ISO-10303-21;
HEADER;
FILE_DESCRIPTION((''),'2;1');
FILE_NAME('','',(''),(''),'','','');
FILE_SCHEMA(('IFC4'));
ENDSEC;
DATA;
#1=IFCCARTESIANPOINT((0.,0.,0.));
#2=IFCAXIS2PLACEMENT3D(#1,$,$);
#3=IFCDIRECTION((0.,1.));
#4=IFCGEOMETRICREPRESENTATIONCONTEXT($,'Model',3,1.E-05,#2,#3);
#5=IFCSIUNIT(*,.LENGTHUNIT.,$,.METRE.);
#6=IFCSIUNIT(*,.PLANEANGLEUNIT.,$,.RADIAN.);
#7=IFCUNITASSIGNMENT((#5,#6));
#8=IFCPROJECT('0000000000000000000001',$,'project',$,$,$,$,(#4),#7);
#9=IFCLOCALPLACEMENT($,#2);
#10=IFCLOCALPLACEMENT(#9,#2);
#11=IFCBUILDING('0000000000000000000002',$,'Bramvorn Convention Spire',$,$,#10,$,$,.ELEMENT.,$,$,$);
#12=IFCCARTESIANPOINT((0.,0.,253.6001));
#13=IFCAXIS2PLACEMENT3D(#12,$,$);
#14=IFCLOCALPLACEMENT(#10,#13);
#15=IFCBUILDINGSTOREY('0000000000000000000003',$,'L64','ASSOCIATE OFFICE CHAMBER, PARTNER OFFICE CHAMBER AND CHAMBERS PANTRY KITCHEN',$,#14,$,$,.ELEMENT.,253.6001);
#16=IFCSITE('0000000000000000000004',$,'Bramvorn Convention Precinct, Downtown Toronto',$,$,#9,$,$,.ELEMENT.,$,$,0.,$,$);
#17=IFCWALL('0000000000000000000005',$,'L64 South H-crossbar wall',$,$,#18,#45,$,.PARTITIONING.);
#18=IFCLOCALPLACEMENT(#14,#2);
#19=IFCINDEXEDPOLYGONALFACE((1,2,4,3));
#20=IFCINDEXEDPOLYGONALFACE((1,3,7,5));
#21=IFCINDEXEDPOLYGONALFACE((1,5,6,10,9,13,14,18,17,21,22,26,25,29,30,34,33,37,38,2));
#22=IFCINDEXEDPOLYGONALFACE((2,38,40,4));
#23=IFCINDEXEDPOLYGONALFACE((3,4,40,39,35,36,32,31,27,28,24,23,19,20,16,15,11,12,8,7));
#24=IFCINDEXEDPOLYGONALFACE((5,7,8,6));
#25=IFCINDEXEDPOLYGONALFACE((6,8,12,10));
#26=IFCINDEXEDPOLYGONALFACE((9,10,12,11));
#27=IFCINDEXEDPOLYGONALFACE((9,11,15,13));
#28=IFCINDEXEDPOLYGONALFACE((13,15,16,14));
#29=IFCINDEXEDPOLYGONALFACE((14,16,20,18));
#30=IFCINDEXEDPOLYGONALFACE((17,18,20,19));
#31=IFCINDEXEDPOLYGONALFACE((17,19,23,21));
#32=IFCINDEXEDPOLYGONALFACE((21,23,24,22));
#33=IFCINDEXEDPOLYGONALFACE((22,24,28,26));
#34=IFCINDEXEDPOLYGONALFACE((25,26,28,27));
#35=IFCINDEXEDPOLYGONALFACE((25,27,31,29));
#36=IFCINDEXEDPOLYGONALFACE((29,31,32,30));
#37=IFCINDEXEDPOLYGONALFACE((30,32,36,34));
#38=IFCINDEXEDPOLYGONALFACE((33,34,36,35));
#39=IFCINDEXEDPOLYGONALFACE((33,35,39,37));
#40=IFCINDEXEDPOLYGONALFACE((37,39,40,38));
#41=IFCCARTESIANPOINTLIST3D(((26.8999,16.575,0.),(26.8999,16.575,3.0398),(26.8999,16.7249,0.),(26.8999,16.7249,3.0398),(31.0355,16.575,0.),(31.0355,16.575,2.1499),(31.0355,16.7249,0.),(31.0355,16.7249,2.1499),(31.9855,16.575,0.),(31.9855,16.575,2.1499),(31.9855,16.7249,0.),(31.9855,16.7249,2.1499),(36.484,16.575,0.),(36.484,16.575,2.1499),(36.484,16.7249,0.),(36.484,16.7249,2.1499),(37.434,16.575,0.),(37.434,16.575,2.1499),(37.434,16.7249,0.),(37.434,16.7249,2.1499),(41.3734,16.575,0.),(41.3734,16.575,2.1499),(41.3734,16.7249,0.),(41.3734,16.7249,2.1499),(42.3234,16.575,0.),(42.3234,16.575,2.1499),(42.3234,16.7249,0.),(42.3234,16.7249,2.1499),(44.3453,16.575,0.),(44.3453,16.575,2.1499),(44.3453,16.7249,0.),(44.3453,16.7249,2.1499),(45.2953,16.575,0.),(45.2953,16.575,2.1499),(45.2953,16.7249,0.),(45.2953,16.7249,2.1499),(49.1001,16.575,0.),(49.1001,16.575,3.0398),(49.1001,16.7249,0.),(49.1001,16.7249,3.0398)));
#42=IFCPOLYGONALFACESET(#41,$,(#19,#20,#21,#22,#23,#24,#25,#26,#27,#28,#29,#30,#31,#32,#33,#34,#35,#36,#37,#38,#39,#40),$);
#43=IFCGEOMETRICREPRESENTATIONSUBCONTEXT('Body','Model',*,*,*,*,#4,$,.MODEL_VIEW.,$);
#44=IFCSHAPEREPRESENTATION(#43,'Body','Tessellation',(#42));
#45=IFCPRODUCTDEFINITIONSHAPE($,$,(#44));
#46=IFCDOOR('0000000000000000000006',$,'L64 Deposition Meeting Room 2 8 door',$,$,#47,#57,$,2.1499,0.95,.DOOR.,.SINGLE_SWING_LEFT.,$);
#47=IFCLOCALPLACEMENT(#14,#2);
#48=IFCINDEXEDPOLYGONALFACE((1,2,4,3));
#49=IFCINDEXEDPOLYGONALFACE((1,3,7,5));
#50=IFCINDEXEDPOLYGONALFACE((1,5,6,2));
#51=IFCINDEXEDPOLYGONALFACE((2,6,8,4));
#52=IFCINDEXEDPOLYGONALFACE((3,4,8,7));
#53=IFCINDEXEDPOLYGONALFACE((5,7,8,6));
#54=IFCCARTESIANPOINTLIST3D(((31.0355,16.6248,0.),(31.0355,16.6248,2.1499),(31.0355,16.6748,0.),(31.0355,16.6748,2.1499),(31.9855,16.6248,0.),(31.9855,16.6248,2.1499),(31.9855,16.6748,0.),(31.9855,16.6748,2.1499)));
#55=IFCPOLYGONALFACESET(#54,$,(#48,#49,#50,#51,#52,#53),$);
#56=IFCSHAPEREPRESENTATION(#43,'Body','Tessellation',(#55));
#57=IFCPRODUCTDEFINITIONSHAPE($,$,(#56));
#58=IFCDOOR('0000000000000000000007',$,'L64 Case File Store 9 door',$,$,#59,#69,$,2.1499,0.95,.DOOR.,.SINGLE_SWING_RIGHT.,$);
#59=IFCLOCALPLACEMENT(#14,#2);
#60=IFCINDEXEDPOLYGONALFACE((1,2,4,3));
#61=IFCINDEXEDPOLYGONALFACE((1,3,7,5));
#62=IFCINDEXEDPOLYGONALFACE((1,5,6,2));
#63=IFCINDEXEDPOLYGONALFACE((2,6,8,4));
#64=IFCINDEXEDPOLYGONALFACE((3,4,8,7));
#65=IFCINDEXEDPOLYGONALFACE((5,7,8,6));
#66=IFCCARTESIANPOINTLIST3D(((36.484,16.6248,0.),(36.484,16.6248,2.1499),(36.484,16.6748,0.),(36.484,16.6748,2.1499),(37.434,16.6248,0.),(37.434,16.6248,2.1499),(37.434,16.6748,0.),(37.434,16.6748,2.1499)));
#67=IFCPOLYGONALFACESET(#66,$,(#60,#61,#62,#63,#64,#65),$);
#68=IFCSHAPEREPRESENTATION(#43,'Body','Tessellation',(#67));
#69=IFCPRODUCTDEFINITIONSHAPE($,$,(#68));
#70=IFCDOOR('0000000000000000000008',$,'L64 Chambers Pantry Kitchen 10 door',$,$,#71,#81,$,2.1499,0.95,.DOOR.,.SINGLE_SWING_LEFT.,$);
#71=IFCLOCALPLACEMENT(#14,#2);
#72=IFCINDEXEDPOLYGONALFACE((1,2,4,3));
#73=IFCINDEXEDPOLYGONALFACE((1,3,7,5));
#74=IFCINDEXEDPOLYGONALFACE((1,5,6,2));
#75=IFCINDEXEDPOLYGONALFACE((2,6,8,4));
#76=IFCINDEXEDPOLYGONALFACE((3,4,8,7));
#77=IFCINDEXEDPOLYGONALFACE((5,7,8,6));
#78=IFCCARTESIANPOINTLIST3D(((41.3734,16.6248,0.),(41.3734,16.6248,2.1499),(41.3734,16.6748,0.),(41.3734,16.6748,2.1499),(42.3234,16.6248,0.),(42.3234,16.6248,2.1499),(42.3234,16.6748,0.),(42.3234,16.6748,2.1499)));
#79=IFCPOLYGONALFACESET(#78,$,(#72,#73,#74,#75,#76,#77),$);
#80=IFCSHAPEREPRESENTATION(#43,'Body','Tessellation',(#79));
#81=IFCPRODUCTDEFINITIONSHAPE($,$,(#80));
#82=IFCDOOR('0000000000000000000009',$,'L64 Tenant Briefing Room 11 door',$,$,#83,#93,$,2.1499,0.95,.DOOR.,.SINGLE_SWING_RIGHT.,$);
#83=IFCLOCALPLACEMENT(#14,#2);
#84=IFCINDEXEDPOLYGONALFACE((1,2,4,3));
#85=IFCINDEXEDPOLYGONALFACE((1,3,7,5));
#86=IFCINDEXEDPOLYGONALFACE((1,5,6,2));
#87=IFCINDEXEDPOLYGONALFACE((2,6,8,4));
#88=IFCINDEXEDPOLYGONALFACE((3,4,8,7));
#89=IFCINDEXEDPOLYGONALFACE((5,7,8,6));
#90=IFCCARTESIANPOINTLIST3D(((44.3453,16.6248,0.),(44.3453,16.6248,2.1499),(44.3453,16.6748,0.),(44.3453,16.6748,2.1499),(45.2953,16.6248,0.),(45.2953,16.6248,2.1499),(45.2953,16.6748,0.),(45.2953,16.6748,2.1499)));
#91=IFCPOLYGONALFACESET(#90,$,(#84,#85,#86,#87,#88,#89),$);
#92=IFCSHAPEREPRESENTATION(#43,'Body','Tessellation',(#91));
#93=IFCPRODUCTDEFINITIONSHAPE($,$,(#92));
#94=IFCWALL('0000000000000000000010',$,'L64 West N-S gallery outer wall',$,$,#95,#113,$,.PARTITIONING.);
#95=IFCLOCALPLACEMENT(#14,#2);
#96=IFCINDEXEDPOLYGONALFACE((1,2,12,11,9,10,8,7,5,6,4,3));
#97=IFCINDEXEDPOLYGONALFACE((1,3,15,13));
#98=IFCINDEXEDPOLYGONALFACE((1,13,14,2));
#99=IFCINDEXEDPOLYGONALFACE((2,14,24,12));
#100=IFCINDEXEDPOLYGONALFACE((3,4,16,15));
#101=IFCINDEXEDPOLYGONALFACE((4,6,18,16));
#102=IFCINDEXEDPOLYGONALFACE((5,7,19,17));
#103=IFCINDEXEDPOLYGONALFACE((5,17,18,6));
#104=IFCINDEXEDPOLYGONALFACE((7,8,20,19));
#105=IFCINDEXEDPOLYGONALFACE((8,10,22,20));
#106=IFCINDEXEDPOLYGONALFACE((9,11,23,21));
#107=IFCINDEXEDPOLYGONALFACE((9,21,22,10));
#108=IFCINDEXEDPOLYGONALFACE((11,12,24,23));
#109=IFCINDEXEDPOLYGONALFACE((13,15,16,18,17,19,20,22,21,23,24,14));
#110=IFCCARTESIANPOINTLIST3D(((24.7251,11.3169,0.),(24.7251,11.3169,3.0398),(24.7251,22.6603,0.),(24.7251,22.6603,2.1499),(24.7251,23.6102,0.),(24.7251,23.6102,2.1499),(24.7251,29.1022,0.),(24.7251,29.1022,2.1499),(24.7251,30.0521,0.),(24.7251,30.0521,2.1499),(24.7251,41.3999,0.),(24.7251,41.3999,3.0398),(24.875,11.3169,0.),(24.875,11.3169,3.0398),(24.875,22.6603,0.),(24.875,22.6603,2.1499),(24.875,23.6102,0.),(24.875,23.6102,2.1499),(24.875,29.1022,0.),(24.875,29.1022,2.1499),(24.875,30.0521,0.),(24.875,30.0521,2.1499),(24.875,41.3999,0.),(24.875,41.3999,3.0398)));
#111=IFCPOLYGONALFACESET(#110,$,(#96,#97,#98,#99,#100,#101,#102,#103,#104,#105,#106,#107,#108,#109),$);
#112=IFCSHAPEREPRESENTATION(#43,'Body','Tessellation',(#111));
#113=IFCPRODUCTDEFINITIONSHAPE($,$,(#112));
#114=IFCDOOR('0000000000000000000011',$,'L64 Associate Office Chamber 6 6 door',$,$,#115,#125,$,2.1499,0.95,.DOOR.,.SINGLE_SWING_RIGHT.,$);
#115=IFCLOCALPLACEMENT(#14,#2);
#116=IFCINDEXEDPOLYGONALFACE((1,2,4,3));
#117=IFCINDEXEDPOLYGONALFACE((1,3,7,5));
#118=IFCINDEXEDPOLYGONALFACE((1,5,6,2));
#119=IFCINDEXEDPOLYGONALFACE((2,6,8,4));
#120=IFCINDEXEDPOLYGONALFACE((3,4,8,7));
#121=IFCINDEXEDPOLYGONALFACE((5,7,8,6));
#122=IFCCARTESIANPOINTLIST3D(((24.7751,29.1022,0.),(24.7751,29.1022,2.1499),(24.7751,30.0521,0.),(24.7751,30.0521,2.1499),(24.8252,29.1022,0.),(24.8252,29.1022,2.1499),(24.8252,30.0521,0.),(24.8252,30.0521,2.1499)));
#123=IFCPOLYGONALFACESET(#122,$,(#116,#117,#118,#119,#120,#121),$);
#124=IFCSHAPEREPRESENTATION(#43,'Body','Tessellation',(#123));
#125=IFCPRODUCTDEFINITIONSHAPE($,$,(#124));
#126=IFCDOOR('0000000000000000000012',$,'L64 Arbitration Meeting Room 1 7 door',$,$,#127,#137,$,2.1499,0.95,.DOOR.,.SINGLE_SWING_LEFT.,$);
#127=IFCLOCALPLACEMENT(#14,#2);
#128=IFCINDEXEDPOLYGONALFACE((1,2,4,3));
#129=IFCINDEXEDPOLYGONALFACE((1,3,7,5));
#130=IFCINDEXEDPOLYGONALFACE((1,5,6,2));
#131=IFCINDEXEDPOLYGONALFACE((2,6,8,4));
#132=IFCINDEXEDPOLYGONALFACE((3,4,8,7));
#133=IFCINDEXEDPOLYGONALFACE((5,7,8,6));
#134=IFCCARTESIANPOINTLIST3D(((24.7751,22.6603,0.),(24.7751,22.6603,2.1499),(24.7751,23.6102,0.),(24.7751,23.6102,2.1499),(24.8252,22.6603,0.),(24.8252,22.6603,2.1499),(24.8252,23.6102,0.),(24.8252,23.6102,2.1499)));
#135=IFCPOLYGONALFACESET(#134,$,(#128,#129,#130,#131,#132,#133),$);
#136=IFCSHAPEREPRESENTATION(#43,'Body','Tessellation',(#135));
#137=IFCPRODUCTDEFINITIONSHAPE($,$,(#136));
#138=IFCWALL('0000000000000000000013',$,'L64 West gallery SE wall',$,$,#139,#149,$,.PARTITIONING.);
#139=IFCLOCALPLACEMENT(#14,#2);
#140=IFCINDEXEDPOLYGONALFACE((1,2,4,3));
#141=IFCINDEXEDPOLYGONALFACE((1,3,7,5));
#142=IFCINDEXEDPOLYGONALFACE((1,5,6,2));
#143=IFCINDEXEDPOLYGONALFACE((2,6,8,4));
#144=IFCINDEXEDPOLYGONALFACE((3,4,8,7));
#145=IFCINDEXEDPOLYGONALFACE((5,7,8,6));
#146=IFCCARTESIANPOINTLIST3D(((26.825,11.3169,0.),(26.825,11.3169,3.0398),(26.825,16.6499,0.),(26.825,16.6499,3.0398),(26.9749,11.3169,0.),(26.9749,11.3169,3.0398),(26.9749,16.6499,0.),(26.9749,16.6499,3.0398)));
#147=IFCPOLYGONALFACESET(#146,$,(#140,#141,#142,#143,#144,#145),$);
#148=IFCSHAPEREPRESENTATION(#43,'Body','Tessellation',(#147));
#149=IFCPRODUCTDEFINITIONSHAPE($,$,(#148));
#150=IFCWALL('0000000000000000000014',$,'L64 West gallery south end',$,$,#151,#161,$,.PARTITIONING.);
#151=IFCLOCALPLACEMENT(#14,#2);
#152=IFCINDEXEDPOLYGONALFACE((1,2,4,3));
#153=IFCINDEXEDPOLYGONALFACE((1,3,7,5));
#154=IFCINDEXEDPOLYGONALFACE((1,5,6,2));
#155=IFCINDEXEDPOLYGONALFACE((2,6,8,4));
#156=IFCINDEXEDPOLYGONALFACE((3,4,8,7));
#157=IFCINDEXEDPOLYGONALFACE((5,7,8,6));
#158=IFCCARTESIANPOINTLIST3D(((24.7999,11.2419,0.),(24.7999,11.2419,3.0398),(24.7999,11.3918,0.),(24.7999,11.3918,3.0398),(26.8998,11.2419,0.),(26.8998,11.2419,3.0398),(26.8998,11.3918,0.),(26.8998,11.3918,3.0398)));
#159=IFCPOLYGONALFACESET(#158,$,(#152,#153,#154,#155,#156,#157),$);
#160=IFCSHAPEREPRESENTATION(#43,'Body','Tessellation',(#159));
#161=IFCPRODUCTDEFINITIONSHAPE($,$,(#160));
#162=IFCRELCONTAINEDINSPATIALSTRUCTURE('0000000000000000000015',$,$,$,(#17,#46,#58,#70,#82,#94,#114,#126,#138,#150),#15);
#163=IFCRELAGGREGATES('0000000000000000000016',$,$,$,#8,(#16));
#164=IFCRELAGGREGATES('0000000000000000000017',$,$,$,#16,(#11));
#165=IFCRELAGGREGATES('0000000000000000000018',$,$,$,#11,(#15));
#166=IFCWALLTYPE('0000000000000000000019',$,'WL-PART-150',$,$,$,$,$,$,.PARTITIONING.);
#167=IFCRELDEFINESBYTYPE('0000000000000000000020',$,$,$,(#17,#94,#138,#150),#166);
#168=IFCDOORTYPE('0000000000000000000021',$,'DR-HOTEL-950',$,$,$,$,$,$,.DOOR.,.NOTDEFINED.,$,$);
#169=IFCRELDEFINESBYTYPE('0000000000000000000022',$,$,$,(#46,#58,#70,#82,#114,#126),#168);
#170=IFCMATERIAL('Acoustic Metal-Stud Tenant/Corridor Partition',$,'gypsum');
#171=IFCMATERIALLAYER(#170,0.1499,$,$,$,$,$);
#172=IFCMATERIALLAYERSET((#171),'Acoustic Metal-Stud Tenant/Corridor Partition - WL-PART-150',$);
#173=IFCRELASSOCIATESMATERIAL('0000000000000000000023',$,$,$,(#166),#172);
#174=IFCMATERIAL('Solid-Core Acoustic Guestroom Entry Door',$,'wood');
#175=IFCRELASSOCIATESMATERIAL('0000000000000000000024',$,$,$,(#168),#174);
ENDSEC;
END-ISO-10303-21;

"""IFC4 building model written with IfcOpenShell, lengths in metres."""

from ifc_helpers import new_model, si_unit, direction, frame, frame_2d, origin, place, context, subcontext, project, spatial, rectangle, extrude, material, layer, layer_set, type_object, element, fill, save


model = new_model("IFC4")

# Units and contexts
model_context = context("Model", 3, precision=1e-05, world=origin(), true_north=direction((0.0, 1.0)))
body_context = subcontext(model_context, "Body", "Model", "MODEL_VIEW")
ifc_project = project(units=[si_unit("LENGTHUNIT", "METRE"), si_unit("PLANEANGLEUNIT", "RADIAN")], contexts=[model_context])

# Site, building, storey
site_placement = place(None, origin())
site = spatial("IfcSite", under=ifc_project, at=site_placement, Name="Bramvorn Convention Precinct, Downtown Toronto", CompositionType="ELEMENT", RefElevation=0.0)
building_placement = place(site_placement, origin())
building = spatial("IfcBuilding", under=site, at=building_placement, Name="Bramvorn Convention Spire", CompositionType="ELEMENT")
storey_placement = place(building_placement, frame((0.0, 0.0, 253.6001)))
storey = spatial("IfcBuildingStorey", under=building, at=storey_placement, Name="L64", Description="ASSOCIATE OFFICE CHAMBER, PARTNER OFFICE CHAMBER AND CHAMBERS PANTRY KITCHEN", CompositionType="ELEMENT", Elevation=253.6001)

# Walls, openings, doors
ifc_material_1 = material(Name="Acoustic Metal-Stud Tenant/Corridor Partition", Category="gypsum")
ifc_layer_1 = layer(ifc_material_1, 0.1499)
ifc_layer_set_1 = layer_set([ifc_layer_1], Name="Acoustic Metal-Stud Tenant/Corridor Partition - WL-PART-150")
wall_type_1 = type_object("IfcWallType", Name="WL-PART-150", PredefinedType="PARTITIONING", material=ifc_layer_set_1)
wall_1_placement = place(storey_placement, frame((26.8999, 16.6499, 0.0), z_axis=(0.0, 0.0, 1.0), x_axis=(1.0, 0.0, 0.0)))
wall_1 = element("IfcWall", 1, at=wall_1_placement, inside=storey, type_object=wall_type_1, Name="L64 South H-crossbar wall", PredefinedType="PARTITIONING", context=body_context, shape_type="SweptSolid", body=[
    extrude(rectangle(XDim=22.2002, YDim=0.1499, at=frame_2d((11.1001, 0.0))), origin(), (0.0, 0.0, 1.0), 3.0398),
])
opening_1_placement = place(wall_1_placement, frame((4.1355, 0.0, 0.0)))
opening_1 = element("IfcOpeningElement", 2, at=opening_1_placement, cuts=wall_1, PredefinedType="OPENING", context=body_context, shape_type="SweptSolid", body=[
    extrude(rectangle(XDim=0.95, YDim=2.1499, at=frame_2d((0.4751, 1.075))), frame((0.0, 0.085, 0.0), z_axis=(0.0, -1.0, 0.0), x_axis=(1.0, 0.0, 0.0)), (0.0, 0.0, 1.0), 0.1699),
])
opening_2_placement = place(wall_1_placement, frame((9.584, 0.0, 0.0)))
opening_2 = element("IfcOpeningElement", 3, at=opening_2_placement, cuts=wall_1, PredefinedType="OPENING", context=body_context, shape_type="SweptSolid", body=[
    extrude(rectangle(XDim=0.95, YDim=2.1499, at=frame_2d((0.4751, 1.075))), frame((0.0, 0.085, 0.0), z_axis=(0.0, -1.0, 0.0), x_axis=(1.0, 0.0, 0.0)), (0.0, 0.0, 1.0), 0.1699),
])
opening_3_placement = place(wall_1_placement, frame((14.4734, 0.0, 0.0)))
opening_3 = element("IfcOpeningElement", 4, at=opening_3_placement, cuts=wall_1, PredefinedType="OPENING", context=body_context, shape_type="SweptSolid", body=[
    extrude(rectangle(XDim=0.95, YDim=2.1499, at=frame_2d((0.4751, 1.075))), frame((0.0, 0.085, 0.0), z_axis=(0.0, -1.0, 0.0), x_axis=(1.0, 0.0, 0.0)), (0.0, 0.0, 1.0), 0.1699),
])
opening_4_placement = place(wall_1_placement, frame((17.4453, 0.0, 0.0)))
opening_4 = element("IfcOpeningElement", 5, at=opening_4_placement, cuts=wall_1, PredefinedType="OPENING", context=body_context, shape_type="SweptSolid", body=[
    extrude(rectangle(XDim=0.95, YDim=2.1499, at=frame_2d((0.4751, 1.075))), frame((0.0, 0.085, 0.0), z_axis=(0.0, -1.0, 0.0), x_axis=(1.0, 0.0, 0.0)), (0.0, 0.0, 1.0), 0.1699),
])
ifc_material_2 = material(Name="Solid-Core Acoustic Guestroom Entry Door", Category="wood")
door_type_1 = type_object("IfcDoorType", Name="DR-HOTEL-950", OperationType="NOTDEFINED", PredefinedType="DOOR", material=ifc_material_2)
door_1_placement = place(opening_1_placement, origin())
door_1 = element("IfcDoor", 6, at=door_1_placement, inside=storey, type_object=door_type_1, Name="L64 Deposition Meeting Room 2 8 door", OperationType="SINGLE_SWING_LEFT", OverallHeight=2.1499, OverallWidth=0.95, PredefinedType="DOOR", context=body_context, shape_type="SweptSolid", body=[
    extrude(rectangle(XDim=0.95, YDim=2.1499, at=frame_2d((0.4751, 1.075))), frame((0.0, 0.0249, 0.0), z_axis=(0.0, -1.0, 0.0), x_axis=(1.0, 0.0, 0.0)), (0.0, 0.0, 1.0), 0.05),
])
fill(opening_1, door_1)
door_2_placement = place(opening_2_placement, origin())
door_2 = element("IfcDoor", 7, at=door_2_placement, inside=storey, type_object=door_type_1, Name="L64 Case File Store 9 door", OperationType="SINGLE_SWING_RIGHT", OverallHeight=2.1499, OverallWidth=0.95, PredefinedType="DOOR", context=body_context, shape_type="SweptSolid", body=[
    extrude(rectangle(XDim=0.95, YDim=2.1499, at=frame_2d((0.4751, 1.075))), frame((0.0, 0.0249, 0.0), z_axis=(0.0, -1.0, 0.0), x_axis=(1.0, 0.0, 0.0)), (0.0, 0.0, 1.0), 0.05),
])
fill(opening_2, door_2)
door_3_placement = place(opening_3_placement, origin())
door_3 = element("IfcDoor", 8, at=door_3_placement, inside=storey, type_object=door_type_1, Name="L64 Chambers Pantry Kitchen 10 door", OperationType="SINGLE_SWING_LEFT", OverallHeight=2.1499, OverallWidth=0.95, PredefinedType="DOOR", context=body_context, shape_type="SweptSolid", body=[
    extrude(rectangle(XDim=0.95, YDim=2.1499, at=frame_2d((0.4751, 1.075))), frame((0.0, 0.0249, 0.0), z_axis=(0.0, -1.0, 0.0), x_axis=(1.0, 0.0, 0.0)), (0.0, 0.0, 1.0), 0.05),
])
fill(opening_3, door_3)
door_4_placement = place(opening_4_placement, origin())
door_4 = element("IfcDoor", 9, at=door_4_placement, inside=storey, type_object=door_type_1, Name="L64 Tenant Briefing Room 11 door", OperationType="SINGLE_SWING_RIGHT", OverallHeight=2.1499, OverallWidth=0.95, PredefinedType="DOOR", context=body_context, shape_type="SweptSolid", body=[
    extrude(rectangle(XDim=0.95, YDim=2.1499, at=frame_2d((0.4751, 1.075))), frame((0.0, 0.0249, 0.0), z_axis=(0.0, -1.0, 0.0), x_axis=(1.0, 0.0, 0.0)), (0.0, 0.0, 1.0), 0.05),
])
fill(opening_4, door_4)
wall_2_placement = place(storey_placement, frame((24.8, 11.3169, 0.0), z_axis=(0.0, 0.0, 1.0), x_axis=(0.0, 1.0, 0.0)))
wall_2 = element("IfcWall", 10, at=wall_2_placement, inside=storey, type_object=wall_type_1, Name="L64 West N-S gallery outer wall", PredefinedType="PARTITIONING", context=body_context, shape_type="SweptSolid", body=[
    extrude(rectangle(XDim=30.083, YDim=0.1499, at=frame_2d((15.0415, 0.0))), origin(), (0.0, 0.0, 1.0), 3.0398),
])
opening_5_placement = place(wall_2_placement, frame((17.7852, 0.0, 0.0)))
opening_5 = element("IfcOpeningElement", 11, at=opening_5_placement, cuts=wall_2, PredefinedType="OPENING", context=body_context, shape_type="SweptSolid", body=[
    extrude(rectangle(XDim=0.95, YDim=2.1499, at=frame_2d((0.4751, 1.075))), frame((0.0, 0.085, 0.0), z_axis=(0.0, -1.0, 0.0), x_axis=(1.0, 0.0, 0.0)), (0.0, 0.0, 1.0), 0.1699),
])
opening_6_placement = place(wall_2_placement, frame((11.3433, 0.0, 0.0)))
opening_6 = element("IfcOpeningElement", 12, at=opening_6_placement, cuts=wall_2, PredefinedType="OPENING", context=body_context, shape_type="SweptSolid", body=[
    extrude(rectangle(XDim=0.95, YDim=2.1499, at=frame_2d((0.4751, 1.075))), frame((0.0, 0.085, 0.0), z_axis=(0.0, -1.0, 0.0), x_axis=(1.0, 0.0, 0.0)), (0.0, 0.0, 1.0), 0.1699),
])
door_5_placement = place(opening_5_placement, origin())
door_5 = element("IfcDoor", 13, at=door_5_placement, inside=storey, type_object=door_type_1, Name="L64 Associate Office Chamber 6 6 door", OperationType="SINGLE_SWING_RIGHT", OverallHeight=2.1499, OverallWidth=0.95, PredefinedType="DOOR", context=body_context, shape_type="SweptSolid", body=[
    extrude(rectangle(XDim=0.95, YDim=2.1499, at=frame_2d((0.4751, 1.075))), frame((0.0, 0.0249, 0.0), z_axis=(0.0, -1.0, 0.0), x_axis=(1.0, 0.0, 0.0)), (0.0, 0.0, 1.0), 0.05),
])
fill(opening_5, door_5)
door_6_placement = place(opening_6_placement, origin())
door_6 = element("IfcDoor", 14, at=door_6_placement, inside=storey, type_object=door_type_1, Name="L64 Arbitration Meeting Room 1 7 door", OperationType="SINGLE_SWING_LEFT", OverallHeight=2.1499, OverallWidth=0.95, PredefinedType="DOOR", context=body_context, shape_type="SweptSolid", body=[
    extrude(rectangle(XDim=0.95, YDim=2.1499, at=frame_2d((0.4751, 1.075))), frame((0.0, 0.0249, 0.0), z_axis=(0.0, -1.0, 0.0), x_axis=(1.0, 0.0, 0.0)), (0.0, 0.0, 1.0), 0.05),
])
fill(opening_6, door_6)

# Walls
wall_3_placement = place(storey_placement, frame((26.8999, 11.3169, 0.0), z_axis=(0.0, 0.0, 1.0), x_axis=(0.0, 1.0, 0.0)))
element("IfcWall", 15, at=wall_3_placement, inside=storey, type_object=wall_type_1, Name="L64 West gallery SE wall", PredefinedType="PARTITIONING", context=body_context, shape_type="SweptSolid", body=[
    extrude(rectangle(XDim=5.333, YDim=0.1499, at=frame_2d((2.6665, 0.0))), origin(), (0.0, 0.0, 1.0), 3.0398),
])
wall_4_placement = place(storey_placement, frame((24.8, 11.3169, 0.0), z_axis=(0.0, 0.0, 1.0), x_axis=(1.0, 0.0, 0.0)))
element("IfcWall", 16, at=wall_4_placement, inside=storey, type_object=wall_type_1, Name="L64 West gallery south end", PredefinedType="PARTITIONING", context=body_context, shape_type="SweptSolid", body=[
    extrude(rectangle(XDim=2.0999, YDim=0.1499, at=frame_2d((1.0498, 0.0))), origin(), (0.0, 0.0, 1.0), 3.0398),
])

save(model, "model.ifc")
